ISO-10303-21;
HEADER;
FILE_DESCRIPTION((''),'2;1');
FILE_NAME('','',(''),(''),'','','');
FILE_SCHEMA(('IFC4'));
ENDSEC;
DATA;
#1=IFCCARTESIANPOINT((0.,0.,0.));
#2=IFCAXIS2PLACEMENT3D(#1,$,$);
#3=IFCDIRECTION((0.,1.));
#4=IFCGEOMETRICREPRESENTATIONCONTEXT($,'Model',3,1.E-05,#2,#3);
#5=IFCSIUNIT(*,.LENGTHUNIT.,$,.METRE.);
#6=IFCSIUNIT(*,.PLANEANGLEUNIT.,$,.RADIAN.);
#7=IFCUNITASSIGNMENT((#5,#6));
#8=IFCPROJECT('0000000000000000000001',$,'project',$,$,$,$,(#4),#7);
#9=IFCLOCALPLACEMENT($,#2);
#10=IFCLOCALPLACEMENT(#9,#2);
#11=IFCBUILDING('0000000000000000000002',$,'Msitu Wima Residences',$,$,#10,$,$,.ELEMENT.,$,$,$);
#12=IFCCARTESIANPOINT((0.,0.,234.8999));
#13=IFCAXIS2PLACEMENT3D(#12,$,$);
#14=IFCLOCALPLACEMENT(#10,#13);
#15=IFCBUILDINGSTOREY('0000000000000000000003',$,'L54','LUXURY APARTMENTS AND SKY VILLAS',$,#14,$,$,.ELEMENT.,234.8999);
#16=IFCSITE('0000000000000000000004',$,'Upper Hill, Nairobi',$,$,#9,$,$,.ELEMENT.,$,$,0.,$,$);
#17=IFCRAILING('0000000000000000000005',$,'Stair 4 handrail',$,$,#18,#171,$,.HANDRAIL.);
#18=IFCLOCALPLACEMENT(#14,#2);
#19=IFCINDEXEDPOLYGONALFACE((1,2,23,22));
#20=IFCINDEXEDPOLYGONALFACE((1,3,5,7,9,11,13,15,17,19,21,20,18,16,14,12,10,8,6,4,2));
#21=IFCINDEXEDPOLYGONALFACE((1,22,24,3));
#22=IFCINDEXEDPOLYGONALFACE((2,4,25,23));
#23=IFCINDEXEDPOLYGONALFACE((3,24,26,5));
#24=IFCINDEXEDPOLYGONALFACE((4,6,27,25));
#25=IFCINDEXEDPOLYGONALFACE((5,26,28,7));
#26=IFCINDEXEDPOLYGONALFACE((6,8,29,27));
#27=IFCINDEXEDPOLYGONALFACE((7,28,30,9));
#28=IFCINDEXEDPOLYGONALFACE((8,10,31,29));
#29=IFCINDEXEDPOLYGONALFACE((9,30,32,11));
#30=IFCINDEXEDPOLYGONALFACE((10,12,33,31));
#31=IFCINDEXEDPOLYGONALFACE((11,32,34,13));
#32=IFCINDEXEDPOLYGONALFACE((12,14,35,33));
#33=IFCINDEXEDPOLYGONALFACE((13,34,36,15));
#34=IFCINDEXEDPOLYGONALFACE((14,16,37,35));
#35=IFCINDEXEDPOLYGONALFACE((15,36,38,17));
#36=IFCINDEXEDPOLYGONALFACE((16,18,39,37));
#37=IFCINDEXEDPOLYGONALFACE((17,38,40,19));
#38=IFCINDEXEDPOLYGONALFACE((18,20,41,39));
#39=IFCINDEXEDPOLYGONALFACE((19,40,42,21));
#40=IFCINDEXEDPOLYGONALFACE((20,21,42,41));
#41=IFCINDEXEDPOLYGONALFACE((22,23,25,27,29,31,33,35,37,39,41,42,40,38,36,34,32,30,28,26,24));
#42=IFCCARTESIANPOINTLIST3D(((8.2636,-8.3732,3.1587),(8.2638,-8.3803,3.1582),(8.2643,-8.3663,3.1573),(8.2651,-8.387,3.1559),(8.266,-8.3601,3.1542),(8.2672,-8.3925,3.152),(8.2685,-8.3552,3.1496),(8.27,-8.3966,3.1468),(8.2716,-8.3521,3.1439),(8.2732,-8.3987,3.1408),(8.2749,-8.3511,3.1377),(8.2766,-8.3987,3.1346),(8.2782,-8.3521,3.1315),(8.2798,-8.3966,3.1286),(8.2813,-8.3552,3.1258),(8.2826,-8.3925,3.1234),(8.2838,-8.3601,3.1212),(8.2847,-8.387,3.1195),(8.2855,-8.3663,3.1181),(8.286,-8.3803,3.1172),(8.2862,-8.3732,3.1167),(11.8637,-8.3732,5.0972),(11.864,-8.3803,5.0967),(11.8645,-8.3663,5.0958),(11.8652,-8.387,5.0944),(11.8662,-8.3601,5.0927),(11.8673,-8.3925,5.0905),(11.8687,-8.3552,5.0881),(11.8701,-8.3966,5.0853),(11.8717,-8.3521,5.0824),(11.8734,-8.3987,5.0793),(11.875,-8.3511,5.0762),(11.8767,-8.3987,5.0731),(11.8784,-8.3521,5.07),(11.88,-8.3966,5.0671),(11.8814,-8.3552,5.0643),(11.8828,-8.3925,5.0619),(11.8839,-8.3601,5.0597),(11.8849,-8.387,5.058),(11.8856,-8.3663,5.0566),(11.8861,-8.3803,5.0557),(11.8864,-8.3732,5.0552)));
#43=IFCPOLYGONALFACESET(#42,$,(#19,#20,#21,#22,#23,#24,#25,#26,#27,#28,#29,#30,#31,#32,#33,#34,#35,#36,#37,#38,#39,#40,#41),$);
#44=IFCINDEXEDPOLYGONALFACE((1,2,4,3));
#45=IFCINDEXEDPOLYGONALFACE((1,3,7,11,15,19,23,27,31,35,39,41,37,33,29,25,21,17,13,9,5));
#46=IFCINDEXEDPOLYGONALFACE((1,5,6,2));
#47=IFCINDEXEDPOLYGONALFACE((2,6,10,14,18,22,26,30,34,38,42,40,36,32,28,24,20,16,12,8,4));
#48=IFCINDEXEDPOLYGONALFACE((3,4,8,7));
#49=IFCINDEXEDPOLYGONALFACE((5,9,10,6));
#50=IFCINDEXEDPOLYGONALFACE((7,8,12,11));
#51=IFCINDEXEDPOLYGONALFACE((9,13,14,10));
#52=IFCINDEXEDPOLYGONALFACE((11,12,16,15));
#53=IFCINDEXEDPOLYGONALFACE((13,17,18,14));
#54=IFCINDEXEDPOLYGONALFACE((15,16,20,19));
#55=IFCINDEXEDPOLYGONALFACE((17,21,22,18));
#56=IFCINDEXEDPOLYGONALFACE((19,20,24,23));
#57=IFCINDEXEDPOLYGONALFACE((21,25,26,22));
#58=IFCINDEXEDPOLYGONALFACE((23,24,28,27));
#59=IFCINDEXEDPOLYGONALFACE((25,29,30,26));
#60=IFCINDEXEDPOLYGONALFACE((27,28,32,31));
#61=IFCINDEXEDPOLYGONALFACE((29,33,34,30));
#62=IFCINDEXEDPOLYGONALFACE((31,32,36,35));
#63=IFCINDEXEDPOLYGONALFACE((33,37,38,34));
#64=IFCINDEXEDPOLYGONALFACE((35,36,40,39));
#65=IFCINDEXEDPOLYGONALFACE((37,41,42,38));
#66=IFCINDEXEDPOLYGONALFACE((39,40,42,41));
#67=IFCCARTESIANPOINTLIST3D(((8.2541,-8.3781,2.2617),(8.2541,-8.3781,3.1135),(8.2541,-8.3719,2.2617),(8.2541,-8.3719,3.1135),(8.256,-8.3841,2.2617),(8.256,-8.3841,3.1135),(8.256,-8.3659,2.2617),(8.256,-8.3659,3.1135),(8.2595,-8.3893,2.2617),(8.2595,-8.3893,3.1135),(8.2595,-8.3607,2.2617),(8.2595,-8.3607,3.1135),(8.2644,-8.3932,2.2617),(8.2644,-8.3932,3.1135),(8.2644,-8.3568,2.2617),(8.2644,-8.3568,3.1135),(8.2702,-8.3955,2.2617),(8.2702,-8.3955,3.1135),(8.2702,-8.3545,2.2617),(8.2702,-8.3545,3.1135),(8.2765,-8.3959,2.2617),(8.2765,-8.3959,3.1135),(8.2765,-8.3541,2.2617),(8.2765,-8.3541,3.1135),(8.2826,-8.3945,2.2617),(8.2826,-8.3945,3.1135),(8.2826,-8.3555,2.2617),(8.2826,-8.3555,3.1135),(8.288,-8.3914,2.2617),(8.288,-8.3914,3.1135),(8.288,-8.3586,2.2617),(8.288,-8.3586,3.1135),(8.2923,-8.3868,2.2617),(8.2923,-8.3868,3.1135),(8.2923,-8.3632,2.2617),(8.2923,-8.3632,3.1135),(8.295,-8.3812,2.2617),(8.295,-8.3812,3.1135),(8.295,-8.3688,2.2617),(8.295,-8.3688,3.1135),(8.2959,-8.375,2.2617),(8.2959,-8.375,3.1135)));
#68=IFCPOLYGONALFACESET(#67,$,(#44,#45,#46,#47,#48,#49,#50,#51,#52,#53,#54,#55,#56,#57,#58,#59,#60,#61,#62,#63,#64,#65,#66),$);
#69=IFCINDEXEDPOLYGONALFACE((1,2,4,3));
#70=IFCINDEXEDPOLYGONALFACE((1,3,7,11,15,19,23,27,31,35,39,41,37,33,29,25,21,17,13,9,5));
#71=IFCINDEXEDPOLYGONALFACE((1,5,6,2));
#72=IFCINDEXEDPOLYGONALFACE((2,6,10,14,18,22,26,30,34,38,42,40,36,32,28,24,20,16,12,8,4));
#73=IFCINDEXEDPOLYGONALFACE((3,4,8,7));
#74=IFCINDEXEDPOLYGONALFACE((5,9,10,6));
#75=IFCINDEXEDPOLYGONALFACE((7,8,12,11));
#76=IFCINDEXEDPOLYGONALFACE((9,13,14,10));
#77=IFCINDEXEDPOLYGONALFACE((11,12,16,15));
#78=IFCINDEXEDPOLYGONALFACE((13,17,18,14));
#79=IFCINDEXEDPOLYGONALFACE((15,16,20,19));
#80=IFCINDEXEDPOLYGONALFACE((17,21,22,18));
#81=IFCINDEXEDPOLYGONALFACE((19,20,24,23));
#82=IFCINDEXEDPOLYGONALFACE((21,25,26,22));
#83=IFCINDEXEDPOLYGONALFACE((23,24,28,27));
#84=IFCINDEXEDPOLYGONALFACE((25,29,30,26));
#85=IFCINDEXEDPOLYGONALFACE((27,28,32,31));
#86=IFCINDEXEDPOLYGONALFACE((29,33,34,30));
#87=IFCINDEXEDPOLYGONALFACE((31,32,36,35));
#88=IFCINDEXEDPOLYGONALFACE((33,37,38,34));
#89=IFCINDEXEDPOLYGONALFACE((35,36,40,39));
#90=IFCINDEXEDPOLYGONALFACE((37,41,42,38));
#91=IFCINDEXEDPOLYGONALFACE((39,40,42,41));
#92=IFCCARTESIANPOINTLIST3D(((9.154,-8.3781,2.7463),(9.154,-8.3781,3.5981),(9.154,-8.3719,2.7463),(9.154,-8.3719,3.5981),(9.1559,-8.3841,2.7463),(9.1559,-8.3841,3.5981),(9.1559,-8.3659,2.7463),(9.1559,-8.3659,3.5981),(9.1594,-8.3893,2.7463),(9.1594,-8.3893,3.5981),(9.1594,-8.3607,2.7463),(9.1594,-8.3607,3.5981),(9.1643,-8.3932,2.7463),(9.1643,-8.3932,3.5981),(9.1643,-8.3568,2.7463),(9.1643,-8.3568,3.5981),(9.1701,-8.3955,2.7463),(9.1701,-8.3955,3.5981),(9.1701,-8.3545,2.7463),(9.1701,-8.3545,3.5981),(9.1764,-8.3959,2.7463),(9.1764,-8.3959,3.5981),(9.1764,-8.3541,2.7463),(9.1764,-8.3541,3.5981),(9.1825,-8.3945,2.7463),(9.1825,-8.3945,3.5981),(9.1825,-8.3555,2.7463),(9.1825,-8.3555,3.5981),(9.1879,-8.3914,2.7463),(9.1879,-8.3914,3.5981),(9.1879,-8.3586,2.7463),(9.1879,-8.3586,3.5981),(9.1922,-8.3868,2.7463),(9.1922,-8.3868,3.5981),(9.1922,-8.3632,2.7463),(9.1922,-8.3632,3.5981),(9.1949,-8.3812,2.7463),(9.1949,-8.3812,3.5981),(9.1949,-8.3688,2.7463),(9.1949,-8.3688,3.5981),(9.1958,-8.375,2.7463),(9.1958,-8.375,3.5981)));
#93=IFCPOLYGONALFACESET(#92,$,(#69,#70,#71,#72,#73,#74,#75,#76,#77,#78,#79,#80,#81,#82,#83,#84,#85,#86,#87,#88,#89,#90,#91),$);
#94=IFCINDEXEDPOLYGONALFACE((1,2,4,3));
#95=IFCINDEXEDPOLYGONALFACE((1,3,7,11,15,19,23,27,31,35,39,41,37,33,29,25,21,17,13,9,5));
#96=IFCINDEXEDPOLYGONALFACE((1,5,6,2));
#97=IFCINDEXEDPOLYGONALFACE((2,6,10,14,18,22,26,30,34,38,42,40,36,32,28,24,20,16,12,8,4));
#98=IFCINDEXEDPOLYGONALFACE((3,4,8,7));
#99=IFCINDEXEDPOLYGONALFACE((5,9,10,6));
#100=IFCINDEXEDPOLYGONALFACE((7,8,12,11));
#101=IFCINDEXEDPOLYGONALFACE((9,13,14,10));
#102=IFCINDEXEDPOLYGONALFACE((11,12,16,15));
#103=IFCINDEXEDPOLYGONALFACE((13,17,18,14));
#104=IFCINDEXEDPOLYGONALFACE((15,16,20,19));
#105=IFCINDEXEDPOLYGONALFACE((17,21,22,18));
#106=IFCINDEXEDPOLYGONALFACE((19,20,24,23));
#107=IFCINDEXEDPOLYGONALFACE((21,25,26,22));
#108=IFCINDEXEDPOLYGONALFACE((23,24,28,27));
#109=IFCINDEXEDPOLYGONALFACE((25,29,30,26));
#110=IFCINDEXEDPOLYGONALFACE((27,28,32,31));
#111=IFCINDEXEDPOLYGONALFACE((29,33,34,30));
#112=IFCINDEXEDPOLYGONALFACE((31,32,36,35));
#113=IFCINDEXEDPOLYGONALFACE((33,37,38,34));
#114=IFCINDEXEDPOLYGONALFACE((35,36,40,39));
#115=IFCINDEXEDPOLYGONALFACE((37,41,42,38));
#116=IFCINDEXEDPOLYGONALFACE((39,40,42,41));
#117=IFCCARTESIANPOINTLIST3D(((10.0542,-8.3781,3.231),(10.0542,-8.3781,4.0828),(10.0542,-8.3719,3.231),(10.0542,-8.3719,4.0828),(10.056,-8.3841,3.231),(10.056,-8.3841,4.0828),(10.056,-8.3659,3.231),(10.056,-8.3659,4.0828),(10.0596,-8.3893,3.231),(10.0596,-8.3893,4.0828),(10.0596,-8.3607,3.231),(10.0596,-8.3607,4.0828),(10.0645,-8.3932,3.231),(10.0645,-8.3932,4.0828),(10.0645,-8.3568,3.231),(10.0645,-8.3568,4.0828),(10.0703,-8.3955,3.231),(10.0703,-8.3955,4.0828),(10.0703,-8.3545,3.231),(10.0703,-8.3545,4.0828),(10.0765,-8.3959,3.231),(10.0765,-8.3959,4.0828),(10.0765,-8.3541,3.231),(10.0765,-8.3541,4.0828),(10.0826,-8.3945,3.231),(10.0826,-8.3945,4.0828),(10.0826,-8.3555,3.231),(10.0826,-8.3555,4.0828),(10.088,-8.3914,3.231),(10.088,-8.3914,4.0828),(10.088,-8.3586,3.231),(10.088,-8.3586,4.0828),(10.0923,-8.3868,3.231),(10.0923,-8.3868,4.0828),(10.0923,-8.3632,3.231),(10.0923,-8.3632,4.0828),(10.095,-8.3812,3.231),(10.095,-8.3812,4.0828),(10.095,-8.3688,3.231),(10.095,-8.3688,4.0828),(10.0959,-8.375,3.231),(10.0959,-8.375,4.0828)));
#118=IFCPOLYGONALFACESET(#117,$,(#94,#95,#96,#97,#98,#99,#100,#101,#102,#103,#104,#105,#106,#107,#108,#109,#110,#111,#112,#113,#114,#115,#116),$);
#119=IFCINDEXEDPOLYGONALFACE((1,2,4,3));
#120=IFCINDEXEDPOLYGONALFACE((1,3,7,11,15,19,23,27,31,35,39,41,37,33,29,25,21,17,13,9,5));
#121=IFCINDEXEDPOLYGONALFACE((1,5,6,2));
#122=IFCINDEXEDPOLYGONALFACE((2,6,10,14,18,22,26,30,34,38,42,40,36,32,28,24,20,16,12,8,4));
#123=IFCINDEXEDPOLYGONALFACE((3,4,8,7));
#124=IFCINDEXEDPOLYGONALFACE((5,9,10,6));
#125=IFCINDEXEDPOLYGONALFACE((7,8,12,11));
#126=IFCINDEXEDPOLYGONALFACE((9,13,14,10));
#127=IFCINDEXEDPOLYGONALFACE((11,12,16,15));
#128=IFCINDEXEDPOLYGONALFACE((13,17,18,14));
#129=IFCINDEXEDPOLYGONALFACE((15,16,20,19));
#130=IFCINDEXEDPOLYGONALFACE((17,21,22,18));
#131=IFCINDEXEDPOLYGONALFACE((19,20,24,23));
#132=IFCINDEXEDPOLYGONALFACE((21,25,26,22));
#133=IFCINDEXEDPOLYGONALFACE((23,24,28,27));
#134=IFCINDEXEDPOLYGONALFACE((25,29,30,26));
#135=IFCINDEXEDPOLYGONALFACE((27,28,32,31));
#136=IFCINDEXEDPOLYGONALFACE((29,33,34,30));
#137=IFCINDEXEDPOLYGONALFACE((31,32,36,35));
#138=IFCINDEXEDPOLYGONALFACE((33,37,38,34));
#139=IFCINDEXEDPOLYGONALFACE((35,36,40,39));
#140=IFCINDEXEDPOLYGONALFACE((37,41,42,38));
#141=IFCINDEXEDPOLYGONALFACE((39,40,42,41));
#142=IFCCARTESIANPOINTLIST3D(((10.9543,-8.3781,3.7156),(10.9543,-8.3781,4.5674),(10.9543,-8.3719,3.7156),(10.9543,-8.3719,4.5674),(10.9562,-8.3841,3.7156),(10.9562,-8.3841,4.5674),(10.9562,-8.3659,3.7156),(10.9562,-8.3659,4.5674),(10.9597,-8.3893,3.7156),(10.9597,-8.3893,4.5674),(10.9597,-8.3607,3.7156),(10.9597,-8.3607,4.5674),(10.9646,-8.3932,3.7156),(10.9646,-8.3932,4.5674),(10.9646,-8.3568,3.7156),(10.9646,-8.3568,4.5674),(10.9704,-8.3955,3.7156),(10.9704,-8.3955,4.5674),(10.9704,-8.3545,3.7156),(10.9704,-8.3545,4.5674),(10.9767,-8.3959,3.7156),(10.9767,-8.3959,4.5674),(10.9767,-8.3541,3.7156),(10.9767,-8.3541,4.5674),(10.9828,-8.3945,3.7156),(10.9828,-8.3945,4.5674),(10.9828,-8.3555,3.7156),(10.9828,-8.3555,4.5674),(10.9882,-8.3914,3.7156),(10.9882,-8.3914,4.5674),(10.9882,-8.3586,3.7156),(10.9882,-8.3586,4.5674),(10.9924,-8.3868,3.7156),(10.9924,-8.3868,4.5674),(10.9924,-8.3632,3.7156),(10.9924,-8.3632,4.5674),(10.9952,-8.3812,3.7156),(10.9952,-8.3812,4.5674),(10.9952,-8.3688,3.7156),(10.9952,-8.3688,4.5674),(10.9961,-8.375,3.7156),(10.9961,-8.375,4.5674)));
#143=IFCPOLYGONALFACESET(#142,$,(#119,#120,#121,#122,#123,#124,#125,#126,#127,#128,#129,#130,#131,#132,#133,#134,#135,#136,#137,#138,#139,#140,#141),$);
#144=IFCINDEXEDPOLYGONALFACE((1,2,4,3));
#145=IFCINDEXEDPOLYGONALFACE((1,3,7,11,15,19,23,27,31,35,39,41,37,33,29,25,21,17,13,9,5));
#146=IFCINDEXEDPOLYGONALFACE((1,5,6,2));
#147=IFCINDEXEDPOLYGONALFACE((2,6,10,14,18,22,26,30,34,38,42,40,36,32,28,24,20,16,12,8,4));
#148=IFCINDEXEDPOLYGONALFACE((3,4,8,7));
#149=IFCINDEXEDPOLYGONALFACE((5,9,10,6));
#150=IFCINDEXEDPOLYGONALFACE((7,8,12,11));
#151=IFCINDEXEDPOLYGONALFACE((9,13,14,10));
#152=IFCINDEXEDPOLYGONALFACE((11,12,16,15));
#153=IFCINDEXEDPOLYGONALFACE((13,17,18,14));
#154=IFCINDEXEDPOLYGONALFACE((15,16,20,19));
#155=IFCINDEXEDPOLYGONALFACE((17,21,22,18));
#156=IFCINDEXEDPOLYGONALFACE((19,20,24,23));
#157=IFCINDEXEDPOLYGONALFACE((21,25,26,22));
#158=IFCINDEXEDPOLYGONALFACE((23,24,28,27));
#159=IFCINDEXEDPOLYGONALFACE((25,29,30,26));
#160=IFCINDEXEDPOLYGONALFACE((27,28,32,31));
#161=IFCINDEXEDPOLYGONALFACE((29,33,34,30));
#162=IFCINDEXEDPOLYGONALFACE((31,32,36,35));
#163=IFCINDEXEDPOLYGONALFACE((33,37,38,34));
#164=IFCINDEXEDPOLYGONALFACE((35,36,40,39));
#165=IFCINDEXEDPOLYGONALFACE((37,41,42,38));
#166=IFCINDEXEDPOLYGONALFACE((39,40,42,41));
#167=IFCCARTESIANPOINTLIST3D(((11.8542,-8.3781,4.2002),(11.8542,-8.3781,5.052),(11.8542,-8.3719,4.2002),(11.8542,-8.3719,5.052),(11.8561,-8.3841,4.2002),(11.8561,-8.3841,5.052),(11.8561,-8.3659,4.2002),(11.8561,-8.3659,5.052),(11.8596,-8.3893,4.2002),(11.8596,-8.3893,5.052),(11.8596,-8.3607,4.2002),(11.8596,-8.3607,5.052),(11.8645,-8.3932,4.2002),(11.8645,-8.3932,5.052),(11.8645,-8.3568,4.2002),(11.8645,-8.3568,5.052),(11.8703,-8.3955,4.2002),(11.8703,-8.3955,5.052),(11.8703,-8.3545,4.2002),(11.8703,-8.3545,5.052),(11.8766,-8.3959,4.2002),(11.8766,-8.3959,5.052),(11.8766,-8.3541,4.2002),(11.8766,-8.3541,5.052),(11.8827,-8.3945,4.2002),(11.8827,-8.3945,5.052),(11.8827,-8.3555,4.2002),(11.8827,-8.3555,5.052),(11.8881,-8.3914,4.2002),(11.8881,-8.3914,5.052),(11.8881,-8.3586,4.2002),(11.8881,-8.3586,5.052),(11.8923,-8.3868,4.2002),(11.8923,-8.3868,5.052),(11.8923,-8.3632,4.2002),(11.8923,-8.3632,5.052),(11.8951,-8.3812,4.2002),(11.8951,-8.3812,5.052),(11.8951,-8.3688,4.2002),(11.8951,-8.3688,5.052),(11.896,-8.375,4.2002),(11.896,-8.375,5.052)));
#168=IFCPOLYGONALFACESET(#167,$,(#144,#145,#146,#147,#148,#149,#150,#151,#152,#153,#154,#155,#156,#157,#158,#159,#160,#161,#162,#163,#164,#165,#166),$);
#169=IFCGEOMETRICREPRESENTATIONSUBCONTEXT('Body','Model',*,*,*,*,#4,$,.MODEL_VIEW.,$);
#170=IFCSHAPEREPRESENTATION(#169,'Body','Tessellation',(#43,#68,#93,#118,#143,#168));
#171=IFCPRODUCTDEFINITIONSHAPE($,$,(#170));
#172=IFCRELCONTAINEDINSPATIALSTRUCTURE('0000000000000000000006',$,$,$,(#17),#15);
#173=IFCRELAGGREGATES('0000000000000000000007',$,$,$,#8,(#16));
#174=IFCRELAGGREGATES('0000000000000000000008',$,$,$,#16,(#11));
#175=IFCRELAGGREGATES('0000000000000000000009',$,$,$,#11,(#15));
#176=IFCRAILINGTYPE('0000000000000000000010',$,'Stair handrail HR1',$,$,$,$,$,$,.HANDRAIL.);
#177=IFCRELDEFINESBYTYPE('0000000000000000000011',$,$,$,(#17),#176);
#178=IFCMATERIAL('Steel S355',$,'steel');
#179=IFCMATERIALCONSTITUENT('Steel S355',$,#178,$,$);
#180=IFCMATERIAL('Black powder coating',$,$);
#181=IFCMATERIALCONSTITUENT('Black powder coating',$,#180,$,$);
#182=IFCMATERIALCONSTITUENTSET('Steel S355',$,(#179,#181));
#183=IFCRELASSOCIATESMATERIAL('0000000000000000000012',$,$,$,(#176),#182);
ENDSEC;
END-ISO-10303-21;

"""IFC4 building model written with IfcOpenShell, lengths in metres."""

from ifc_helpers import new_model, si_unit, direction, frame, origin, origin_2d, place, context, subcontext, project, spatial, circle, extrude, material, constituent, constituent_set, type_object, element, save


model = new_model("IFC4")

# Units and contexts
model_context = context("Model", 3, precision=1e-05, world=origin(), true_north=direction((0.0, 1.0)))
body_context = subcontext(model_context, "Body", "Model", "MODEL_VIEW")
ifc_project = project(units=[si_unit("LENGTHUNIT", "METRE"), si_unit("PLANEANGLEUNIT", "RADIAN")], contexts=[model_context])

# Site, building, storey
site_placement = place(None, origin())
site = spatial("IfcSite", under=ifc_project, at=site_placement, Name="Upper Hill, Nairobi", CompositionType="ELEMENT", RefElevation=0.0)
building_placement = place(site_placement, origin())
building = spatial("IfcBuilding", under=site, at=building_placement, Name="Msitu Wima Residences", CompositionType="ELEMENT")
storey_placement = place(building_placement, frame((0.0, 0.0, 234.8999)))
storey = spatial("IfcBuildingStorey", under=building, at=storey_placement, Name="L54", Description="LUXURY APARTMENTS AND SKY VILLAS", CompositionType="ELEMENT", Elevation=234.8999)

# Railing
ifc_material_1 = material(Name="Steel S355", Category="steel")
ifc_constituent_1 = constituent(ifc_material_1, Name="Steel S355")
ifc_material_2 = material(Name="Black powder coating")
ifc_constituent_2 = constituent(ifc_material_2, Name="Black powder coating")
ifc_constituent_set = constituent_set(constituents=[ifc_constituent_1, ifc_constituent_2], Name="Steel S355")
railing_type = type_object("IfcRailingType", Name="Stair handrail HR1", PredefinedType="HANDRAIL", material=ifc_constituent_set)
for number, where, name in (
    (1, (8.2749, -8.375, 2.2617), "Stair 4 handrail"),
):
    element("IfcRailing", number, at=place(storey_placement, frame(where)), inside=storey, type_object=railing_type, Name=name, PredefinedType="HANDRAIL", context=body_context, shape_type="SweptSolid", body=[
        extrude(circle(Radius=0.0239, at=origin_2d()), frame((0.0, 0.0, 0.876), z_axis=(0.880475, 0.0, 0.474093), x_axis=(0.0, 1.0, 0.0)), (0.0, 0.0, 1.0), 4.0889),
        extrude(circle(Radius=0.021, at=origin_2d()), origin(), (0.0, 0.0, 1.0), 0.8518),
        extrude(circle(Radius=0.021, at=origin_2d()), frame((0.8999, 0.0, 0.4846)), (0.0, 0.0, 1.0), 0.8518),
        extrude(circle(Radius=0.021, at=origin_2d()), frame((1.8, 0.0, 0.9692)), (0.0, 0.0, 1.0), 0.8518),
        extrude(circle(Radius=0.021, at=origin_2d()), frame((2.7002, 0.0, 1.4539)), (0.0, 0.0, 1.0), 0.8518),
        extrude(circle(Radius=0.021, at=origin_2d()), frame((3.6001, 0.0, 1.9385)), (0.0, 0.0, 1.0), 0.8518),
    ])

save(model, "model.ifc")
